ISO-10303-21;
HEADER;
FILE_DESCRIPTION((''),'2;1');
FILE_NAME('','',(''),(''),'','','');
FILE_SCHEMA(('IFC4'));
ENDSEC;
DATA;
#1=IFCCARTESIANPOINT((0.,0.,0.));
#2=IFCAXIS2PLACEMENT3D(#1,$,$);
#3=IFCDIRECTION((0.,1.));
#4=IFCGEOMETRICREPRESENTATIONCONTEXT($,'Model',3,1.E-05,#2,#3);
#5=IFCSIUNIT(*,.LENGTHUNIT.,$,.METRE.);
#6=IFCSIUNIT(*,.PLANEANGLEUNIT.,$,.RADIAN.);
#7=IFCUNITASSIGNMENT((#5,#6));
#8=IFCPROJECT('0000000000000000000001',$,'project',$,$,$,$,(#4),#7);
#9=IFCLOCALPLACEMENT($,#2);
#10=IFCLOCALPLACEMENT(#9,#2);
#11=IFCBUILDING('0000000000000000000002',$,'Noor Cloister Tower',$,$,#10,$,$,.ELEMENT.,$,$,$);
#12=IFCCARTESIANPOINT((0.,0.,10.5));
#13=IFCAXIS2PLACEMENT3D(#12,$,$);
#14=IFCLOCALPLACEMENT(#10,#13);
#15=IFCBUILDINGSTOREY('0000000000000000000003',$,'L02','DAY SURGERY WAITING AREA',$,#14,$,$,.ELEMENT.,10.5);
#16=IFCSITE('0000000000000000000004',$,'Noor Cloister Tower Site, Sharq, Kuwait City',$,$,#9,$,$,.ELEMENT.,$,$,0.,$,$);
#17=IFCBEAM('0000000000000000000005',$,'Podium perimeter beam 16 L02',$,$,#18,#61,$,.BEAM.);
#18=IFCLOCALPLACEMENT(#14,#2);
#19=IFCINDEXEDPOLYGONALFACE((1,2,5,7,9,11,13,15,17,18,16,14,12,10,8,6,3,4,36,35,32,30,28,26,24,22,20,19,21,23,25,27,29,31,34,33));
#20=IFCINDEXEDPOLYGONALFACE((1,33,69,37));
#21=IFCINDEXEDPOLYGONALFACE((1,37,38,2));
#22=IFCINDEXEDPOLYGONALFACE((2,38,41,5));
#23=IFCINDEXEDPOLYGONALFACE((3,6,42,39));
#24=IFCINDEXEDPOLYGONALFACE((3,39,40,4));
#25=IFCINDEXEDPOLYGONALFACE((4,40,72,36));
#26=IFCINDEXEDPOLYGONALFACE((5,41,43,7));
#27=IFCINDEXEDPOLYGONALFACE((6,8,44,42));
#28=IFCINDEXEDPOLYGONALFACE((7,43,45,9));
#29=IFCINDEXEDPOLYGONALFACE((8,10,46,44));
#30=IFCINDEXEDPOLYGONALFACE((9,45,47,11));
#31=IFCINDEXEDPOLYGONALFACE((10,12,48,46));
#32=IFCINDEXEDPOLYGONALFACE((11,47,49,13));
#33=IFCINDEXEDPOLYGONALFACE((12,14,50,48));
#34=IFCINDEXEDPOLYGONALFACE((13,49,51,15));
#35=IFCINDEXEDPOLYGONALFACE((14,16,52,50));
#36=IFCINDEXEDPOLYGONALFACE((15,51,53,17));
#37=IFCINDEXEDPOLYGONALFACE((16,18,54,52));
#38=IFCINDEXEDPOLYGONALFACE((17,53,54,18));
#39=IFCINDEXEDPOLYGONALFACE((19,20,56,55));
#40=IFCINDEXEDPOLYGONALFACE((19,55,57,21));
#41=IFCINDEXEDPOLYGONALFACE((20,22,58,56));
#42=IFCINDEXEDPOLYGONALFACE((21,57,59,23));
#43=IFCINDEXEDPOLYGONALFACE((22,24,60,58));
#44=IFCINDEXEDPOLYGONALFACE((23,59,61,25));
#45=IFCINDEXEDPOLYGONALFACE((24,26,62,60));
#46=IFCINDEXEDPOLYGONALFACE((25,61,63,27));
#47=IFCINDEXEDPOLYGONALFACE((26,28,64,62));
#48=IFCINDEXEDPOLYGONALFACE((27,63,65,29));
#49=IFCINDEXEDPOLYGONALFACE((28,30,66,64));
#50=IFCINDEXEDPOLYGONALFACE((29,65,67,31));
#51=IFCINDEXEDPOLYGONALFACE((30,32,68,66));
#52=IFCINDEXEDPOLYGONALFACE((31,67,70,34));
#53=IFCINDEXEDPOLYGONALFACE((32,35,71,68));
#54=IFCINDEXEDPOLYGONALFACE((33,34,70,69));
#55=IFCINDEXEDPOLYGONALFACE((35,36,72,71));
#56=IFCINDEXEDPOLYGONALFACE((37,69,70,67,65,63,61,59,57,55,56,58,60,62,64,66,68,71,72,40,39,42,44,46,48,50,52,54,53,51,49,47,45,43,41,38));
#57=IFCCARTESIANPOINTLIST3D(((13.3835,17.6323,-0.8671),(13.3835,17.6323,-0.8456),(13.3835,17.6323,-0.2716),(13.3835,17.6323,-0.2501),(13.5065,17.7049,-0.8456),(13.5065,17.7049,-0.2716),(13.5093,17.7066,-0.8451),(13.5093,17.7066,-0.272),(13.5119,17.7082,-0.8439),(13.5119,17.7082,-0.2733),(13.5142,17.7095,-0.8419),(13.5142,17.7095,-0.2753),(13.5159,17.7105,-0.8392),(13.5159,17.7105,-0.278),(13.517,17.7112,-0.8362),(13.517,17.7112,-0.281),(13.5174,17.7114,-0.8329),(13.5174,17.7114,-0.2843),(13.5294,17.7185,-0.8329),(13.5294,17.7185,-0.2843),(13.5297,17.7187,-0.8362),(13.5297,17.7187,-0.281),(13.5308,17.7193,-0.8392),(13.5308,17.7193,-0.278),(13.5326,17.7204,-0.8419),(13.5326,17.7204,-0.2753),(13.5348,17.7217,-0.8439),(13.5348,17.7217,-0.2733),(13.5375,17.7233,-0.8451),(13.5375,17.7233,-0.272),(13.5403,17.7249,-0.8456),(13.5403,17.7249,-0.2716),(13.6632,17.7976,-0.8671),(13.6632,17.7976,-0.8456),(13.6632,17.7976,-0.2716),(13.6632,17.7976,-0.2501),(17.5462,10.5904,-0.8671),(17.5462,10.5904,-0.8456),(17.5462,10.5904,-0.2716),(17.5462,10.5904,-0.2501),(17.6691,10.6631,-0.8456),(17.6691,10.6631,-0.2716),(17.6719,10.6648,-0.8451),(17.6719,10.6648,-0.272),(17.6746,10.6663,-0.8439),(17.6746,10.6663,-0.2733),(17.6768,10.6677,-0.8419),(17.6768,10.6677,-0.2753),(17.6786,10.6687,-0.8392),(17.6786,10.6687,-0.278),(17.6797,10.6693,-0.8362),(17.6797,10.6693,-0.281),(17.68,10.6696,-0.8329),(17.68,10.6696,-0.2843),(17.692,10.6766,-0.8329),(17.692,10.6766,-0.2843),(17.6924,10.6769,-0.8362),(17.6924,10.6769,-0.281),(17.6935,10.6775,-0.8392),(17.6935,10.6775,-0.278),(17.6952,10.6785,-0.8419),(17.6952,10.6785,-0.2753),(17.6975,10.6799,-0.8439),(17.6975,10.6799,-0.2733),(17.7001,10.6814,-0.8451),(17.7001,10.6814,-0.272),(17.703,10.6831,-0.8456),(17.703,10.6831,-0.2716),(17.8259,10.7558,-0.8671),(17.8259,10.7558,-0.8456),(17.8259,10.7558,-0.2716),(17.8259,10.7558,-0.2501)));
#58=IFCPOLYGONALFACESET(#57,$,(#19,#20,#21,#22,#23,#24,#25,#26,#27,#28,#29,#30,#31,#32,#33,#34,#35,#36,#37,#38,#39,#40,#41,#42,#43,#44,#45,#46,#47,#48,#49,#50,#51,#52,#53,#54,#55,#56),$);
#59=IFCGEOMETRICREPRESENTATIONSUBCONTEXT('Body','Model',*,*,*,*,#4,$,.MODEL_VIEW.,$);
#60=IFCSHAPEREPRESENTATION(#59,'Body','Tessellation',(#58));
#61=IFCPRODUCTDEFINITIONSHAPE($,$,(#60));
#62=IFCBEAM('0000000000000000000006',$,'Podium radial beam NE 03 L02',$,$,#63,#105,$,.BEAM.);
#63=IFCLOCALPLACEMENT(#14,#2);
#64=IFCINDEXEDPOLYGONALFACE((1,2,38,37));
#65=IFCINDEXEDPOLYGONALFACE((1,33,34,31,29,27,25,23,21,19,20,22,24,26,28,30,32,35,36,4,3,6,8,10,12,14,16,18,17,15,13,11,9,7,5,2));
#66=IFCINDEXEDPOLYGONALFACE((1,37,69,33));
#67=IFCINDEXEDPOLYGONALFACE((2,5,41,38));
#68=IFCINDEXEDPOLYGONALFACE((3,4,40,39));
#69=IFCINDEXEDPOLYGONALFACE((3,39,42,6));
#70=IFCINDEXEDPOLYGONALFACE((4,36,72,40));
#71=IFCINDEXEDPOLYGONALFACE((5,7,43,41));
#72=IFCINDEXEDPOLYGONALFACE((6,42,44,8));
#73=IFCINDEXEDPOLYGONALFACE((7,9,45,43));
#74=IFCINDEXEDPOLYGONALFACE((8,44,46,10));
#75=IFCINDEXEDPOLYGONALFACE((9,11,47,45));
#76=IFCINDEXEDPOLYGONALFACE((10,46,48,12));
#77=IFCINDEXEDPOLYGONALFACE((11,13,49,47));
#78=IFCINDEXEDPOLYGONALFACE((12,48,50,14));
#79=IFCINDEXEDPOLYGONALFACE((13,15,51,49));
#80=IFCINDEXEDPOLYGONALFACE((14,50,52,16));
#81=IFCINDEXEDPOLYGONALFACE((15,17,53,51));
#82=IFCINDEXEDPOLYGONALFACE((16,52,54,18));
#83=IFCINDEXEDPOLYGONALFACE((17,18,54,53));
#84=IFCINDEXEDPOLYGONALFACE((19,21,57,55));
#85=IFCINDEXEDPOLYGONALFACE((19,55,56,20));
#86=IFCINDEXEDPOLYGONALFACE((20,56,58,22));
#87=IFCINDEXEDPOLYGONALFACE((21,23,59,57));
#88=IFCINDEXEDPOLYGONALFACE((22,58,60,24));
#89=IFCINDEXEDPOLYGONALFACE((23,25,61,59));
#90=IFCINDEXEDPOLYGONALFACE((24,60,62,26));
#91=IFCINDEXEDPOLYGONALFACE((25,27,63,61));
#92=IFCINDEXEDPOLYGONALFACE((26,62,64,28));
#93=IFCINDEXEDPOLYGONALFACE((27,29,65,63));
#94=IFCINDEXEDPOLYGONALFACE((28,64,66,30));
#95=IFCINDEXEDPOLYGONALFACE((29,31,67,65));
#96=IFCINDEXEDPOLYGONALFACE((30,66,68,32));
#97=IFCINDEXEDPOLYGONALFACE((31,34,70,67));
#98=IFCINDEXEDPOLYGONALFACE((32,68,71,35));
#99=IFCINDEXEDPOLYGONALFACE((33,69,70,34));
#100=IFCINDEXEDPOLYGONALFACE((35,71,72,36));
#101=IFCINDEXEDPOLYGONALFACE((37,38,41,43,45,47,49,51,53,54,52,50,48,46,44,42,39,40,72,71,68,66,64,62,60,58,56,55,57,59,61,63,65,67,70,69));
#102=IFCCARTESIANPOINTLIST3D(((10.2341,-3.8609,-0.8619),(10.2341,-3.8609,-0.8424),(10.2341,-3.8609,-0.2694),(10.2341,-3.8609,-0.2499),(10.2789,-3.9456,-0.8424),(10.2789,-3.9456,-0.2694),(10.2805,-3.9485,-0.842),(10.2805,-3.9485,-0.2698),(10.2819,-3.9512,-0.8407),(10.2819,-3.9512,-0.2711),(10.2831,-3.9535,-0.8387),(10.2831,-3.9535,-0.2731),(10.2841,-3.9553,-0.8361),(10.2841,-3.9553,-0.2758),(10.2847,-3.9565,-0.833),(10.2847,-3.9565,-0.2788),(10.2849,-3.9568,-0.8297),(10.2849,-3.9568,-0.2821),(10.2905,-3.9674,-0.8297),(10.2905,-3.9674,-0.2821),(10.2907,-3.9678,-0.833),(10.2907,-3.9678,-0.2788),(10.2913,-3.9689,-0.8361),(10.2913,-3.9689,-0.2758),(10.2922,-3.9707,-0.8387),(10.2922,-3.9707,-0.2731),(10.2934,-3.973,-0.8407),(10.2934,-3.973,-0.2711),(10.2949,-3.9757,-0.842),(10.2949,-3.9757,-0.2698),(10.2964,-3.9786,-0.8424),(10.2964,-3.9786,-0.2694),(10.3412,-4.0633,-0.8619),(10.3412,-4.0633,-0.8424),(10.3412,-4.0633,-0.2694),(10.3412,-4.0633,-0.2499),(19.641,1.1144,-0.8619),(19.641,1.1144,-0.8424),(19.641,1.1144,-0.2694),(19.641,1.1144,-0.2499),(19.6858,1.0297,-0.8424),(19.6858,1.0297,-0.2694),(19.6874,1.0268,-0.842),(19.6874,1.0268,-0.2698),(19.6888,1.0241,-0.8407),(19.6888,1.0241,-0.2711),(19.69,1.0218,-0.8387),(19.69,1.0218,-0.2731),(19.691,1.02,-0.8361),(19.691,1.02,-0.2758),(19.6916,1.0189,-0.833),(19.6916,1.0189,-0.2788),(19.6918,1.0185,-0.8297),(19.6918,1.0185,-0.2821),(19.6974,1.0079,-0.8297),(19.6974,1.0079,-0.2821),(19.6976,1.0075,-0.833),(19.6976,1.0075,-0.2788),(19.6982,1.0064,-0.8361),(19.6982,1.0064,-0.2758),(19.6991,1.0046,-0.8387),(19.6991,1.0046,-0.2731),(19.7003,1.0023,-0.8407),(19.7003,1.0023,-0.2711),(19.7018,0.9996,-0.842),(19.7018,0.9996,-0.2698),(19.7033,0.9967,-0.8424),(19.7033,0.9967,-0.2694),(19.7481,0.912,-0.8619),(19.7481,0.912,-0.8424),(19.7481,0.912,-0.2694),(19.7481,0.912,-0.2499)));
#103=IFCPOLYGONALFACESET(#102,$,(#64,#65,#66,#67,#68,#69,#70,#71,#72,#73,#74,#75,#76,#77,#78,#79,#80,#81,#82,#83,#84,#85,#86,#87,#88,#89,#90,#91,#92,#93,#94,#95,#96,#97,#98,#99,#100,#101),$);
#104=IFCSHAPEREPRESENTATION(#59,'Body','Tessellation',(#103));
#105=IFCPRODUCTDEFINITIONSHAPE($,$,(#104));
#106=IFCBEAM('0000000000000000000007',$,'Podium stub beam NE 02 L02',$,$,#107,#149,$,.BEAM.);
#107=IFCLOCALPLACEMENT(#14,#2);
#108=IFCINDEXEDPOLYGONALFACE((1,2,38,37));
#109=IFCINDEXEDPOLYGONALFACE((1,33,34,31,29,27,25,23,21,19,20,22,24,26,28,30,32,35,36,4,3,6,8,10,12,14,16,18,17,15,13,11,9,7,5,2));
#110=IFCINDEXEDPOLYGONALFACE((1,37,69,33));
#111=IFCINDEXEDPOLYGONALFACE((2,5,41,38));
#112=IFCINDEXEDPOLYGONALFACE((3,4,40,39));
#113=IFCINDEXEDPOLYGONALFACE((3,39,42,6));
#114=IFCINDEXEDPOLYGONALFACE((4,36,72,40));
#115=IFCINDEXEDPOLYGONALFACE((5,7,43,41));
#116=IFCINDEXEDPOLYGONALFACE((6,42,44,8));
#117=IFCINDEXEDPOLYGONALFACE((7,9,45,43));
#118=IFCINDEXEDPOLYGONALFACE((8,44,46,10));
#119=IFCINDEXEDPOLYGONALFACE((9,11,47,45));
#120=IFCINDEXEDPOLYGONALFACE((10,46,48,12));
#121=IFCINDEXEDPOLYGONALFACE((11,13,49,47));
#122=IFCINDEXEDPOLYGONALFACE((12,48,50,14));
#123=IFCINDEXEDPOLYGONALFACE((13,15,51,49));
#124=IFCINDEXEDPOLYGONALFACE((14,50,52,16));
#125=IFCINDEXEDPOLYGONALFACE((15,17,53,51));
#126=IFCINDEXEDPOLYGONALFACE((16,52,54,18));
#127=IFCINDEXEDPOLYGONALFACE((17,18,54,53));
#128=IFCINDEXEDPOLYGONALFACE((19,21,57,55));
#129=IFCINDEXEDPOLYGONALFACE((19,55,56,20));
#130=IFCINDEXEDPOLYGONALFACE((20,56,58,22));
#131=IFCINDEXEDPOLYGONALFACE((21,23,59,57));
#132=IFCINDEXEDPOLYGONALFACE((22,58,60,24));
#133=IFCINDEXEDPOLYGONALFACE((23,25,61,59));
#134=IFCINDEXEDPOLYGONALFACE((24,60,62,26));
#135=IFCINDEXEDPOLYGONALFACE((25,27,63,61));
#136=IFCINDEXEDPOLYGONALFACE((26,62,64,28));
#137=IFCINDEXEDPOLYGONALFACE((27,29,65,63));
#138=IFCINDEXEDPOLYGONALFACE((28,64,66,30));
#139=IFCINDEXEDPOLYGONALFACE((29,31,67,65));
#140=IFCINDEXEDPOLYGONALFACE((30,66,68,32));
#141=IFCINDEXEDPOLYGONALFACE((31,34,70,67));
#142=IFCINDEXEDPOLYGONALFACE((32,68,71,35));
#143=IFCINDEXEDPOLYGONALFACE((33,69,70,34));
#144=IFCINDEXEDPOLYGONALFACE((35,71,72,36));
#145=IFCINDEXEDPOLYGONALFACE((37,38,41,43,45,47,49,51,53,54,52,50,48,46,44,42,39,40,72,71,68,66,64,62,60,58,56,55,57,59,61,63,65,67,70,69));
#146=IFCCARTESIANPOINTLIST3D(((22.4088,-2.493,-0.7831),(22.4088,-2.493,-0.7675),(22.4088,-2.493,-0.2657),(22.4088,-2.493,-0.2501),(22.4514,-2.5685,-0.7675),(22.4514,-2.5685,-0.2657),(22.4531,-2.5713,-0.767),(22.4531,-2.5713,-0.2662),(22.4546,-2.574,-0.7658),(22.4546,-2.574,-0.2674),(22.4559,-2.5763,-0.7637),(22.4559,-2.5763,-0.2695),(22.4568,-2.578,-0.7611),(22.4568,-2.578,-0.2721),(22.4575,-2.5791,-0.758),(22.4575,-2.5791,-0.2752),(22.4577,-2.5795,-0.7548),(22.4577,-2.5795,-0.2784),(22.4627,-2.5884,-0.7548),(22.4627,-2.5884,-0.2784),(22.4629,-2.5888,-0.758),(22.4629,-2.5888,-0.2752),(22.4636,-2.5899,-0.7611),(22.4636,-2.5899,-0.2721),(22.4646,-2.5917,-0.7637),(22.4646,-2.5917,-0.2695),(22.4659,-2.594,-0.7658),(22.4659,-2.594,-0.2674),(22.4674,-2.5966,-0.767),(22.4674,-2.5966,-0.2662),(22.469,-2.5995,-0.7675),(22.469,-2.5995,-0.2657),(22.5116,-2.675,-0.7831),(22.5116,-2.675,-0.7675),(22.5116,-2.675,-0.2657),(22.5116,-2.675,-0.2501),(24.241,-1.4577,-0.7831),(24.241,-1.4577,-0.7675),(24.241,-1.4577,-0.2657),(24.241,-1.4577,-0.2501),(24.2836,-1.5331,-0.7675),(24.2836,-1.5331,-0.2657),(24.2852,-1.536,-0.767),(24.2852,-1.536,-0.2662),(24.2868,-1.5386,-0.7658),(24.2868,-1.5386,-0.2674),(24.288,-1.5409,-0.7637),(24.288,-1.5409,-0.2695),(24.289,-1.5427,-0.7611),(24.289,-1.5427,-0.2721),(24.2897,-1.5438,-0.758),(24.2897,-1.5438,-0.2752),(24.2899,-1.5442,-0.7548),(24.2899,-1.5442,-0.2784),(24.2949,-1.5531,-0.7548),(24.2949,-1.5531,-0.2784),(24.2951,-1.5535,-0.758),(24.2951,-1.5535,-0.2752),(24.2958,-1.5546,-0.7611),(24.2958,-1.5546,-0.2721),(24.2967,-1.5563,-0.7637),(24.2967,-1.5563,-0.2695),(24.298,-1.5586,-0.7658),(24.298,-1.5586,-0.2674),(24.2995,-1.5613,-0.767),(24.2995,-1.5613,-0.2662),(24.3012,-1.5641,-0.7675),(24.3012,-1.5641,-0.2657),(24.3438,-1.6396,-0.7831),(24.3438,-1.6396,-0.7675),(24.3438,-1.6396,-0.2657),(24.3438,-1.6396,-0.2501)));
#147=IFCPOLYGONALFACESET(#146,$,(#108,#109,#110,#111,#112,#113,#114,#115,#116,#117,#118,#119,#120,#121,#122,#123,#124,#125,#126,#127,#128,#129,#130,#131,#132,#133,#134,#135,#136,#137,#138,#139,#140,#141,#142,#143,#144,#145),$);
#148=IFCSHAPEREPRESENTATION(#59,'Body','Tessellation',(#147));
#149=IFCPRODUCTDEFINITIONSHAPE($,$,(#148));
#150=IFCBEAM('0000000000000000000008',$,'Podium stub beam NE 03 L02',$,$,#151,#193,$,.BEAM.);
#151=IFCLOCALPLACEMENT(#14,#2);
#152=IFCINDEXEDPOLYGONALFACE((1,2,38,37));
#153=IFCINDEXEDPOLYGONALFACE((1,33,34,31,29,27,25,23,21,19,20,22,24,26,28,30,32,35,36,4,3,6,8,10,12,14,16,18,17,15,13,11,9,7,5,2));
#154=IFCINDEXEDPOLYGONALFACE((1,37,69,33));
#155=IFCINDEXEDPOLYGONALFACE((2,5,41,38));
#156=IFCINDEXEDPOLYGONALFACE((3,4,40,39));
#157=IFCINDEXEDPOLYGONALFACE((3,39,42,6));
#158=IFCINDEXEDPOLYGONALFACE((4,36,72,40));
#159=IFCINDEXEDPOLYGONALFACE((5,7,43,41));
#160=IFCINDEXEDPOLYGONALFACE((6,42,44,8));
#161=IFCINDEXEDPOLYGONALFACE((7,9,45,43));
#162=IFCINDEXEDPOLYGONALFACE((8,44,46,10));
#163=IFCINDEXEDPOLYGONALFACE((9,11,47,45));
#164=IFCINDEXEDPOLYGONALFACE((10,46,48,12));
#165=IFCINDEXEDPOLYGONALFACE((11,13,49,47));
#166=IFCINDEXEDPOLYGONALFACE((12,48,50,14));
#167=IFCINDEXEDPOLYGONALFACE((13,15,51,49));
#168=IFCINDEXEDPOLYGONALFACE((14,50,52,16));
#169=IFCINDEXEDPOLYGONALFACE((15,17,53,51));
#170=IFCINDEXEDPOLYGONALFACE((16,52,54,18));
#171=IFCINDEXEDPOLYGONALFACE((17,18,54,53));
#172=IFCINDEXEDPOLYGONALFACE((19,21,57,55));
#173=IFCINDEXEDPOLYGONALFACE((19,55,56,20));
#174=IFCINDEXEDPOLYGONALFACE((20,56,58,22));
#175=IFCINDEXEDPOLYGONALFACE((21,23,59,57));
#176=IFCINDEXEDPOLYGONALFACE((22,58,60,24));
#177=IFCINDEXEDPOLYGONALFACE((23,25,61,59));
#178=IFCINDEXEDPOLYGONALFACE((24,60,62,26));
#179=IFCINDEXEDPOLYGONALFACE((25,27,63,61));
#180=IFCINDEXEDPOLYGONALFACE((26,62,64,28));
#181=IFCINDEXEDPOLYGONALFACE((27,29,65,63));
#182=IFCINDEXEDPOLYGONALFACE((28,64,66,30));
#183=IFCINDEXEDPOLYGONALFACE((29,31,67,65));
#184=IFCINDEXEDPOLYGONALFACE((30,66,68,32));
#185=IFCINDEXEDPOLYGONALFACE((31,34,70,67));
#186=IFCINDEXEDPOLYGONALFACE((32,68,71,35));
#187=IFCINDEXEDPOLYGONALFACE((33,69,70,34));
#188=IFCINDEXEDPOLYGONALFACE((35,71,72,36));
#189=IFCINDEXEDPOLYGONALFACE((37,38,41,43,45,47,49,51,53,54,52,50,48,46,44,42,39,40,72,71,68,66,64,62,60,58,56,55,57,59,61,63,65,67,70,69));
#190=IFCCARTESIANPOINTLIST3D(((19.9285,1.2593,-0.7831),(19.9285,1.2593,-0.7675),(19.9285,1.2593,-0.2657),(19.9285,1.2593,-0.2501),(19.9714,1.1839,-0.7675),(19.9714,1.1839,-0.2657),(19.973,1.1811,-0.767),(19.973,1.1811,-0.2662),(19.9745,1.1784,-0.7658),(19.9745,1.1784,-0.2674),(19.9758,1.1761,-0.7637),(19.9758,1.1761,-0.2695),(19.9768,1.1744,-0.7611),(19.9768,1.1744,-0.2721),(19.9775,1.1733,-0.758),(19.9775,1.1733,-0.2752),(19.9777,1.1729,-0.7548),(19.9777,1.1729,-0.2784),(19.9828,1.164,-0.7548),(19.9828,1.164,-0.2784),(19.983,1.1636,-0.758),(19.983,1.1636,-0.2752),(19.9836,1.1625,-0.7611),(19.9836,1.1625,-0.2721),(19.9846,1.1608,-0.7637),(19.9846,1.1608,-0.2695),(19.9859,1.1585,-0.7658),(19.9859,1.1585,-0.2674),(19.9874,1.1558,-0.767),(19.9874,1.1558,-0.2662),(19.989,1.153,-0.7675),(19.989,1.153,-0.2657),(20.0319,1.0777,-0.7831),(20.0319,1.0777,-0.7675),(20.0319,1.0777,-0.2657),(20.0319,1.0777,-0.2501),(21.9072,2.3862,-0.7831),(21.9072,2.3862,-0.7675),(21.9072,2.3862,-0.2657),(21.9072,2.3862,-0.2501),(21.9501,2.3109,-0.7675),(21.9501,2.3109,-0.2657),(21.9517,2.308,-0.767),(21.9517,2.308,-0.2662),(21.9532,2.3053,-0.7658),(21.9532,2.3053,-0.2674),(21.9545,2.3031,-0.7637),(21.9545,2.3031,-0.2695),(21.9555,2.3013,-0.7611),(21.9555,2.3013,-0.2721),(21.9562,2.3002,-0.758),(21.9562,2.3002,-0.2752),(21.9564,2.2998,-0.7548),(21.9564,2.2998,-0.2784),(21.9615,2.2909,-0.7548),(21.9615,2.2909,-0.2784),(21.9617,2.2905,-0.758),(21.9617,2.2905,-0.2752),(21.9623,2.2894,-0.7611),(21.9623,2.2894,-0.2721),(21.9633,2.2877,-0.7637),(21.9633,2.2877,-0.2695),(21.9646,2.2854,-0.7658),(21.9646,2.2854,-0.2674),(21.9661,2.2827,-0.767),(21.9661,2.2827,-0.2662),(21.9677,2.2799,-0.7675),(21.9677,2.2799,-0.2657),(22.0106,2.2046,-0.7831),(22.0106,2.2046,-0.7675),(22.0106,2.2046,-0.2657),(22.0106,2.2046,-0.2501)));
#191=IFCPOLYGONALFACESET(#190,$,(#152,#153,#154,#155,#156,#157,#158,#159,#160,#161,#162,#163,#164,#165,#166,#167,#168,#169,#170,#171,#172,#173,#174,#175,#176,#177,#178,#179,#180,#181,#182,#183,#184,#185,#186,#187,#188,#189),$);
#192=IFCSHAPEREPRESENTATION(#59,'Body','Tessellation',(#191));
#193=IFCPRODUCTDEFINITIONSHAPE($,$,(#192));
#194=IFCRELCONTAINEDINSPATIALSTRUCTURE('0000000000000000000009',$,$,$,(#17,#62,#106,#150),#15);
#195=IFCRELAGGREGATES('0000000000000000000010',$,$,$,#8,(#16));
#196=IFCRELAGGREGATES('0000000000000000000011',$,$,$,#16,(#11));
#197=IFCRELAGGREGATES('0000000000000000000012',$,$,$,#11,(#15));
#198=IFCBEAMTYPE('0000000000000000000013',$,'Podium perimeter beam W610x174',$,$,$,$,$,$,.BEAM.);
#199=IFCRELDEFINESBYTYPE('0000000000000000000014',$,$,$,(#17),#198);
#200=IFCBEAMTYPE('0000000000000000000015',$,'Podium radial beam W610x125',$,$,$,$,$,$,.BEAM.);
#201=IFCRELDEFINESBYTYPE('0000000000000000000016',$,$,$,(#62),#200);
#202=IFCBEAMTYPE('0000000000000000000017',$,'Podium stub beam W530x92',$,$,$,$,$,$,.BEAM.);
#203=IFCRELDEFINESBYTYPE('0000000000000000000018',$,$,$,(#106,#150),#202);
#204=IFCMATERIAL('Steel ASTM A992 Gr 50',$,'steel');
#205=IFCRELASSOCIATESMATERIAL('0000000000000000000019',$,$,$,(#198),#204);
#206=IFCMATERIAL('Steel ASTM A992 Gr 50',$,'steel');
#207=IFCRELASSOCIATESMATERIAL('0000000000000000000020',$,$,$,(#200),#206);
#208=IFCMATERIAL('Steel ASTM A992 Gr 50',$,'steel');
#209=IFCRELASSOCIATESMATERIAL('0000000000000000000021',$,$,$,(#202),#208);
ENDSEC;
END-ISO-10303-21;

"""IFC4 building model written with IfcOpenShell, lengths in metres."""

from ifc_helpers import new_model, si_unit, direction, frame, origin, origin_2d, place, context, subcontext, project, spatial, i_section, extrude, material, material_profile, profile_set, type_object, element, save


model = new_model("IFC4")

# Units and contexts
model_context = context("Model", 3, precision=1e-05, world=origin(), true_north=direction((0.0, 1.0)))
body_context = subcontext(model_context, "Body", "Model", "MODEL_VIEW")
ifc_project = project(units=[si_unit("LENGTHUNIT", "METRE"), si_unit("PLANEANGLEUNIT", "RADIAN")], contexts=[model_context])

# Site, building, storey
site_placement = place(None, origin())
site = spatial("IfcSite", under=ifc_project, at=site_placement, Name="Noor Cloister Tower Site, Sharq, Kuwait City", CompositionType="ELEMENT", RefElevation=0.0)
building_placement = place(site_placement, origin())
building = spatial("IfcBuilding", under=site, at=building_placement, Name="Noor Cloister Tower", CompositionType="ELEMENT")
storey_placement = place(building_placement, frame((0.0, 0.0, 10.5)))
storey = spatial("IfcBuildingStorey", under=building, at=storey_placement, Name="L02", Description="DAY SURGERY WAITING AREA", CompositionType="ELEMENT", Elevation=10.5)

# Beams
ifc_material_1 = material(Name="Steel ASTM A992 Gr 50", Category="steel")
ifc_material_profile_1 = material_profile(ifc_material_1, i_section(OverallWidth=0.325, OverallDepth=0.6169, WebThickness=0.0139, FlangeThickness=0.0215, FilletRadius=0.0127, at=origin_2d()), Name="W610x174")
ifc_profile_set_1 = profile_set([ifc_material_profile_1], Name="Steel ASTM A992 Gr 50")
beam_type_1 = type_object("IfcBeamType", Name="Podium perimeter beam W610x174", PredefinedType="BEAM", material=ifc_profile_set_1)
for number, where, z_axis, x_axis, name in (
    (1, (17.686, 10.6731, -0.5586), (-0.508871, 0.860843, 0.0), (-0.860843, -0.508871, 0.0), "Podium perimeter beam 16 L02"),
):
    element("IfcBeam", number, at=place(storey_placement, frame(where, z_axis=z_axis, x_axis=x_axis)), inside=storey, type_object=beam_type_1, Name=name, PredefinedType="BEAM", context=body_context, shape_type="SweptSolid", body=[
        extrude(i_section(OverallWidth=0.325, OverallDepth=0.6169, WebThickness=0.0139, FlangeThickness=0.0215, FilletRadius=0.0127, at=origin_2d()), origin(), (0.0, 0.0, 1.0), 8.1802),
    ])
ifc_material_2 = material(Name="Steel ASTM A992 Gr 50", Category="steel")
ifc_material_profile_2 = material_profile(ifc_material_2, i_section(OverallWidth=0.229, OverallDepth=0.6121, WebThickness=0.012, FlangeThickness=0.0195, FilletRadius=0.0127, at=origin_2d()), Name="W610x125")
ifc_profile_set_2 = profile_set([ifc_material_profile_2], Name="Steel ASTM A992 Gr 50")
beam_type_2 = type_object("IfcBeamType", Name="Podium radial beam W610x125", PredefinedType="BEAM", material=ifc_profile_set_2)
beam_1_placement = place(storey_placement, frame((19.6946, 1.0132, -0.5559), z_axis=(-0.883975, -0.467534, 0.0), x_axis=(0.467534, -0.883975, 0.0)))
element("IfcBeam", 2, at=beam_1_placement, inside=storey, type_object=beam_type_2, Name="Podium radial beam NE 03 L02", PredefinedType="BEAM", context=body_context, shape_type="SweptSolid", body=[
    extrude(i_section(OverallWidth=0.229, OverallDepth=0.6121, WebThickness=0.012, FlangeThickness=0.0195, FilletRadius=0.0127, at=origin_2d()), origin(), (0.0, 0.0, 1.0), 10.6416),
])
ifc_material_3 = material(Name="Steel ASTM A992 Gr 50", Category="steel")
ifc_material_profile_3 = material_profile(ifc_material_3, i_section(OverallWidth=0.209, OverallDepth=0.533, WebThickness=0.0103, FlangeThickness=0.0156, FilletRadius=0.0127, at=origin_2d()), Name="W530x92")
ifc_profile_set_3 = profile_set([ifc_material_profile_3], Name="Steel ASTM A992 Gr 50")
beam_type_3 = type_object("IfcBeamType", Name="Podium stub beam W530x92", PredefinedType="BEAM", material=ifc_profile_set_3)
beam_2_placement = place(storey_placement, frame((22.4602, -2.584, -0.5166), z_axis=(0.87061, 0.491973, 0.0), x_axis=(-0.491973, 0.87061, 0.0)))
element("IfcBeam", 3, at=beam_2_placement, inside=storey, type_object=beam_type_3, Name="Podium stub beam NE 02 L02", PredefinedType="BEAM", context=body_context, shape_type="SweptSolid", body=[
    extrude(i_section(OverallWidth=0.209, OverallDepth=0.533, WebThickness=0.0103, FlangeThickness=0.0156, FilletRadius=0.0127, at=origin_2d()), origin(), (0.0, 0.0, 1.0), 2.1045),
])
beam_3_placement = place(storey_placement, frame((19.9802, 1.1685, -0.5166), z_axis=(0.868955, 0.494891, 0.0), x_axis=(-0.494891, 0.868955, 0.0)))
element("IfcBeam", 4, at=beam_3_placement, inside=storey, type_object=beam_type_3, Name="Podium stub beam NE 03 L02", PredefinedType="BEAM", context=body_context, shape_type="SweptSolid", body=[
    extrude(i_section(OverallWidth=0.209, OverallDepth=0.533, WebThickness=0.0103, FlangeThickness=0.0156, FilletRadius=0.0127, at=origin_2d()), origin(), (0.0, 0.0, 1.0), 2.2771),
])

save(model, "model.ifc")
